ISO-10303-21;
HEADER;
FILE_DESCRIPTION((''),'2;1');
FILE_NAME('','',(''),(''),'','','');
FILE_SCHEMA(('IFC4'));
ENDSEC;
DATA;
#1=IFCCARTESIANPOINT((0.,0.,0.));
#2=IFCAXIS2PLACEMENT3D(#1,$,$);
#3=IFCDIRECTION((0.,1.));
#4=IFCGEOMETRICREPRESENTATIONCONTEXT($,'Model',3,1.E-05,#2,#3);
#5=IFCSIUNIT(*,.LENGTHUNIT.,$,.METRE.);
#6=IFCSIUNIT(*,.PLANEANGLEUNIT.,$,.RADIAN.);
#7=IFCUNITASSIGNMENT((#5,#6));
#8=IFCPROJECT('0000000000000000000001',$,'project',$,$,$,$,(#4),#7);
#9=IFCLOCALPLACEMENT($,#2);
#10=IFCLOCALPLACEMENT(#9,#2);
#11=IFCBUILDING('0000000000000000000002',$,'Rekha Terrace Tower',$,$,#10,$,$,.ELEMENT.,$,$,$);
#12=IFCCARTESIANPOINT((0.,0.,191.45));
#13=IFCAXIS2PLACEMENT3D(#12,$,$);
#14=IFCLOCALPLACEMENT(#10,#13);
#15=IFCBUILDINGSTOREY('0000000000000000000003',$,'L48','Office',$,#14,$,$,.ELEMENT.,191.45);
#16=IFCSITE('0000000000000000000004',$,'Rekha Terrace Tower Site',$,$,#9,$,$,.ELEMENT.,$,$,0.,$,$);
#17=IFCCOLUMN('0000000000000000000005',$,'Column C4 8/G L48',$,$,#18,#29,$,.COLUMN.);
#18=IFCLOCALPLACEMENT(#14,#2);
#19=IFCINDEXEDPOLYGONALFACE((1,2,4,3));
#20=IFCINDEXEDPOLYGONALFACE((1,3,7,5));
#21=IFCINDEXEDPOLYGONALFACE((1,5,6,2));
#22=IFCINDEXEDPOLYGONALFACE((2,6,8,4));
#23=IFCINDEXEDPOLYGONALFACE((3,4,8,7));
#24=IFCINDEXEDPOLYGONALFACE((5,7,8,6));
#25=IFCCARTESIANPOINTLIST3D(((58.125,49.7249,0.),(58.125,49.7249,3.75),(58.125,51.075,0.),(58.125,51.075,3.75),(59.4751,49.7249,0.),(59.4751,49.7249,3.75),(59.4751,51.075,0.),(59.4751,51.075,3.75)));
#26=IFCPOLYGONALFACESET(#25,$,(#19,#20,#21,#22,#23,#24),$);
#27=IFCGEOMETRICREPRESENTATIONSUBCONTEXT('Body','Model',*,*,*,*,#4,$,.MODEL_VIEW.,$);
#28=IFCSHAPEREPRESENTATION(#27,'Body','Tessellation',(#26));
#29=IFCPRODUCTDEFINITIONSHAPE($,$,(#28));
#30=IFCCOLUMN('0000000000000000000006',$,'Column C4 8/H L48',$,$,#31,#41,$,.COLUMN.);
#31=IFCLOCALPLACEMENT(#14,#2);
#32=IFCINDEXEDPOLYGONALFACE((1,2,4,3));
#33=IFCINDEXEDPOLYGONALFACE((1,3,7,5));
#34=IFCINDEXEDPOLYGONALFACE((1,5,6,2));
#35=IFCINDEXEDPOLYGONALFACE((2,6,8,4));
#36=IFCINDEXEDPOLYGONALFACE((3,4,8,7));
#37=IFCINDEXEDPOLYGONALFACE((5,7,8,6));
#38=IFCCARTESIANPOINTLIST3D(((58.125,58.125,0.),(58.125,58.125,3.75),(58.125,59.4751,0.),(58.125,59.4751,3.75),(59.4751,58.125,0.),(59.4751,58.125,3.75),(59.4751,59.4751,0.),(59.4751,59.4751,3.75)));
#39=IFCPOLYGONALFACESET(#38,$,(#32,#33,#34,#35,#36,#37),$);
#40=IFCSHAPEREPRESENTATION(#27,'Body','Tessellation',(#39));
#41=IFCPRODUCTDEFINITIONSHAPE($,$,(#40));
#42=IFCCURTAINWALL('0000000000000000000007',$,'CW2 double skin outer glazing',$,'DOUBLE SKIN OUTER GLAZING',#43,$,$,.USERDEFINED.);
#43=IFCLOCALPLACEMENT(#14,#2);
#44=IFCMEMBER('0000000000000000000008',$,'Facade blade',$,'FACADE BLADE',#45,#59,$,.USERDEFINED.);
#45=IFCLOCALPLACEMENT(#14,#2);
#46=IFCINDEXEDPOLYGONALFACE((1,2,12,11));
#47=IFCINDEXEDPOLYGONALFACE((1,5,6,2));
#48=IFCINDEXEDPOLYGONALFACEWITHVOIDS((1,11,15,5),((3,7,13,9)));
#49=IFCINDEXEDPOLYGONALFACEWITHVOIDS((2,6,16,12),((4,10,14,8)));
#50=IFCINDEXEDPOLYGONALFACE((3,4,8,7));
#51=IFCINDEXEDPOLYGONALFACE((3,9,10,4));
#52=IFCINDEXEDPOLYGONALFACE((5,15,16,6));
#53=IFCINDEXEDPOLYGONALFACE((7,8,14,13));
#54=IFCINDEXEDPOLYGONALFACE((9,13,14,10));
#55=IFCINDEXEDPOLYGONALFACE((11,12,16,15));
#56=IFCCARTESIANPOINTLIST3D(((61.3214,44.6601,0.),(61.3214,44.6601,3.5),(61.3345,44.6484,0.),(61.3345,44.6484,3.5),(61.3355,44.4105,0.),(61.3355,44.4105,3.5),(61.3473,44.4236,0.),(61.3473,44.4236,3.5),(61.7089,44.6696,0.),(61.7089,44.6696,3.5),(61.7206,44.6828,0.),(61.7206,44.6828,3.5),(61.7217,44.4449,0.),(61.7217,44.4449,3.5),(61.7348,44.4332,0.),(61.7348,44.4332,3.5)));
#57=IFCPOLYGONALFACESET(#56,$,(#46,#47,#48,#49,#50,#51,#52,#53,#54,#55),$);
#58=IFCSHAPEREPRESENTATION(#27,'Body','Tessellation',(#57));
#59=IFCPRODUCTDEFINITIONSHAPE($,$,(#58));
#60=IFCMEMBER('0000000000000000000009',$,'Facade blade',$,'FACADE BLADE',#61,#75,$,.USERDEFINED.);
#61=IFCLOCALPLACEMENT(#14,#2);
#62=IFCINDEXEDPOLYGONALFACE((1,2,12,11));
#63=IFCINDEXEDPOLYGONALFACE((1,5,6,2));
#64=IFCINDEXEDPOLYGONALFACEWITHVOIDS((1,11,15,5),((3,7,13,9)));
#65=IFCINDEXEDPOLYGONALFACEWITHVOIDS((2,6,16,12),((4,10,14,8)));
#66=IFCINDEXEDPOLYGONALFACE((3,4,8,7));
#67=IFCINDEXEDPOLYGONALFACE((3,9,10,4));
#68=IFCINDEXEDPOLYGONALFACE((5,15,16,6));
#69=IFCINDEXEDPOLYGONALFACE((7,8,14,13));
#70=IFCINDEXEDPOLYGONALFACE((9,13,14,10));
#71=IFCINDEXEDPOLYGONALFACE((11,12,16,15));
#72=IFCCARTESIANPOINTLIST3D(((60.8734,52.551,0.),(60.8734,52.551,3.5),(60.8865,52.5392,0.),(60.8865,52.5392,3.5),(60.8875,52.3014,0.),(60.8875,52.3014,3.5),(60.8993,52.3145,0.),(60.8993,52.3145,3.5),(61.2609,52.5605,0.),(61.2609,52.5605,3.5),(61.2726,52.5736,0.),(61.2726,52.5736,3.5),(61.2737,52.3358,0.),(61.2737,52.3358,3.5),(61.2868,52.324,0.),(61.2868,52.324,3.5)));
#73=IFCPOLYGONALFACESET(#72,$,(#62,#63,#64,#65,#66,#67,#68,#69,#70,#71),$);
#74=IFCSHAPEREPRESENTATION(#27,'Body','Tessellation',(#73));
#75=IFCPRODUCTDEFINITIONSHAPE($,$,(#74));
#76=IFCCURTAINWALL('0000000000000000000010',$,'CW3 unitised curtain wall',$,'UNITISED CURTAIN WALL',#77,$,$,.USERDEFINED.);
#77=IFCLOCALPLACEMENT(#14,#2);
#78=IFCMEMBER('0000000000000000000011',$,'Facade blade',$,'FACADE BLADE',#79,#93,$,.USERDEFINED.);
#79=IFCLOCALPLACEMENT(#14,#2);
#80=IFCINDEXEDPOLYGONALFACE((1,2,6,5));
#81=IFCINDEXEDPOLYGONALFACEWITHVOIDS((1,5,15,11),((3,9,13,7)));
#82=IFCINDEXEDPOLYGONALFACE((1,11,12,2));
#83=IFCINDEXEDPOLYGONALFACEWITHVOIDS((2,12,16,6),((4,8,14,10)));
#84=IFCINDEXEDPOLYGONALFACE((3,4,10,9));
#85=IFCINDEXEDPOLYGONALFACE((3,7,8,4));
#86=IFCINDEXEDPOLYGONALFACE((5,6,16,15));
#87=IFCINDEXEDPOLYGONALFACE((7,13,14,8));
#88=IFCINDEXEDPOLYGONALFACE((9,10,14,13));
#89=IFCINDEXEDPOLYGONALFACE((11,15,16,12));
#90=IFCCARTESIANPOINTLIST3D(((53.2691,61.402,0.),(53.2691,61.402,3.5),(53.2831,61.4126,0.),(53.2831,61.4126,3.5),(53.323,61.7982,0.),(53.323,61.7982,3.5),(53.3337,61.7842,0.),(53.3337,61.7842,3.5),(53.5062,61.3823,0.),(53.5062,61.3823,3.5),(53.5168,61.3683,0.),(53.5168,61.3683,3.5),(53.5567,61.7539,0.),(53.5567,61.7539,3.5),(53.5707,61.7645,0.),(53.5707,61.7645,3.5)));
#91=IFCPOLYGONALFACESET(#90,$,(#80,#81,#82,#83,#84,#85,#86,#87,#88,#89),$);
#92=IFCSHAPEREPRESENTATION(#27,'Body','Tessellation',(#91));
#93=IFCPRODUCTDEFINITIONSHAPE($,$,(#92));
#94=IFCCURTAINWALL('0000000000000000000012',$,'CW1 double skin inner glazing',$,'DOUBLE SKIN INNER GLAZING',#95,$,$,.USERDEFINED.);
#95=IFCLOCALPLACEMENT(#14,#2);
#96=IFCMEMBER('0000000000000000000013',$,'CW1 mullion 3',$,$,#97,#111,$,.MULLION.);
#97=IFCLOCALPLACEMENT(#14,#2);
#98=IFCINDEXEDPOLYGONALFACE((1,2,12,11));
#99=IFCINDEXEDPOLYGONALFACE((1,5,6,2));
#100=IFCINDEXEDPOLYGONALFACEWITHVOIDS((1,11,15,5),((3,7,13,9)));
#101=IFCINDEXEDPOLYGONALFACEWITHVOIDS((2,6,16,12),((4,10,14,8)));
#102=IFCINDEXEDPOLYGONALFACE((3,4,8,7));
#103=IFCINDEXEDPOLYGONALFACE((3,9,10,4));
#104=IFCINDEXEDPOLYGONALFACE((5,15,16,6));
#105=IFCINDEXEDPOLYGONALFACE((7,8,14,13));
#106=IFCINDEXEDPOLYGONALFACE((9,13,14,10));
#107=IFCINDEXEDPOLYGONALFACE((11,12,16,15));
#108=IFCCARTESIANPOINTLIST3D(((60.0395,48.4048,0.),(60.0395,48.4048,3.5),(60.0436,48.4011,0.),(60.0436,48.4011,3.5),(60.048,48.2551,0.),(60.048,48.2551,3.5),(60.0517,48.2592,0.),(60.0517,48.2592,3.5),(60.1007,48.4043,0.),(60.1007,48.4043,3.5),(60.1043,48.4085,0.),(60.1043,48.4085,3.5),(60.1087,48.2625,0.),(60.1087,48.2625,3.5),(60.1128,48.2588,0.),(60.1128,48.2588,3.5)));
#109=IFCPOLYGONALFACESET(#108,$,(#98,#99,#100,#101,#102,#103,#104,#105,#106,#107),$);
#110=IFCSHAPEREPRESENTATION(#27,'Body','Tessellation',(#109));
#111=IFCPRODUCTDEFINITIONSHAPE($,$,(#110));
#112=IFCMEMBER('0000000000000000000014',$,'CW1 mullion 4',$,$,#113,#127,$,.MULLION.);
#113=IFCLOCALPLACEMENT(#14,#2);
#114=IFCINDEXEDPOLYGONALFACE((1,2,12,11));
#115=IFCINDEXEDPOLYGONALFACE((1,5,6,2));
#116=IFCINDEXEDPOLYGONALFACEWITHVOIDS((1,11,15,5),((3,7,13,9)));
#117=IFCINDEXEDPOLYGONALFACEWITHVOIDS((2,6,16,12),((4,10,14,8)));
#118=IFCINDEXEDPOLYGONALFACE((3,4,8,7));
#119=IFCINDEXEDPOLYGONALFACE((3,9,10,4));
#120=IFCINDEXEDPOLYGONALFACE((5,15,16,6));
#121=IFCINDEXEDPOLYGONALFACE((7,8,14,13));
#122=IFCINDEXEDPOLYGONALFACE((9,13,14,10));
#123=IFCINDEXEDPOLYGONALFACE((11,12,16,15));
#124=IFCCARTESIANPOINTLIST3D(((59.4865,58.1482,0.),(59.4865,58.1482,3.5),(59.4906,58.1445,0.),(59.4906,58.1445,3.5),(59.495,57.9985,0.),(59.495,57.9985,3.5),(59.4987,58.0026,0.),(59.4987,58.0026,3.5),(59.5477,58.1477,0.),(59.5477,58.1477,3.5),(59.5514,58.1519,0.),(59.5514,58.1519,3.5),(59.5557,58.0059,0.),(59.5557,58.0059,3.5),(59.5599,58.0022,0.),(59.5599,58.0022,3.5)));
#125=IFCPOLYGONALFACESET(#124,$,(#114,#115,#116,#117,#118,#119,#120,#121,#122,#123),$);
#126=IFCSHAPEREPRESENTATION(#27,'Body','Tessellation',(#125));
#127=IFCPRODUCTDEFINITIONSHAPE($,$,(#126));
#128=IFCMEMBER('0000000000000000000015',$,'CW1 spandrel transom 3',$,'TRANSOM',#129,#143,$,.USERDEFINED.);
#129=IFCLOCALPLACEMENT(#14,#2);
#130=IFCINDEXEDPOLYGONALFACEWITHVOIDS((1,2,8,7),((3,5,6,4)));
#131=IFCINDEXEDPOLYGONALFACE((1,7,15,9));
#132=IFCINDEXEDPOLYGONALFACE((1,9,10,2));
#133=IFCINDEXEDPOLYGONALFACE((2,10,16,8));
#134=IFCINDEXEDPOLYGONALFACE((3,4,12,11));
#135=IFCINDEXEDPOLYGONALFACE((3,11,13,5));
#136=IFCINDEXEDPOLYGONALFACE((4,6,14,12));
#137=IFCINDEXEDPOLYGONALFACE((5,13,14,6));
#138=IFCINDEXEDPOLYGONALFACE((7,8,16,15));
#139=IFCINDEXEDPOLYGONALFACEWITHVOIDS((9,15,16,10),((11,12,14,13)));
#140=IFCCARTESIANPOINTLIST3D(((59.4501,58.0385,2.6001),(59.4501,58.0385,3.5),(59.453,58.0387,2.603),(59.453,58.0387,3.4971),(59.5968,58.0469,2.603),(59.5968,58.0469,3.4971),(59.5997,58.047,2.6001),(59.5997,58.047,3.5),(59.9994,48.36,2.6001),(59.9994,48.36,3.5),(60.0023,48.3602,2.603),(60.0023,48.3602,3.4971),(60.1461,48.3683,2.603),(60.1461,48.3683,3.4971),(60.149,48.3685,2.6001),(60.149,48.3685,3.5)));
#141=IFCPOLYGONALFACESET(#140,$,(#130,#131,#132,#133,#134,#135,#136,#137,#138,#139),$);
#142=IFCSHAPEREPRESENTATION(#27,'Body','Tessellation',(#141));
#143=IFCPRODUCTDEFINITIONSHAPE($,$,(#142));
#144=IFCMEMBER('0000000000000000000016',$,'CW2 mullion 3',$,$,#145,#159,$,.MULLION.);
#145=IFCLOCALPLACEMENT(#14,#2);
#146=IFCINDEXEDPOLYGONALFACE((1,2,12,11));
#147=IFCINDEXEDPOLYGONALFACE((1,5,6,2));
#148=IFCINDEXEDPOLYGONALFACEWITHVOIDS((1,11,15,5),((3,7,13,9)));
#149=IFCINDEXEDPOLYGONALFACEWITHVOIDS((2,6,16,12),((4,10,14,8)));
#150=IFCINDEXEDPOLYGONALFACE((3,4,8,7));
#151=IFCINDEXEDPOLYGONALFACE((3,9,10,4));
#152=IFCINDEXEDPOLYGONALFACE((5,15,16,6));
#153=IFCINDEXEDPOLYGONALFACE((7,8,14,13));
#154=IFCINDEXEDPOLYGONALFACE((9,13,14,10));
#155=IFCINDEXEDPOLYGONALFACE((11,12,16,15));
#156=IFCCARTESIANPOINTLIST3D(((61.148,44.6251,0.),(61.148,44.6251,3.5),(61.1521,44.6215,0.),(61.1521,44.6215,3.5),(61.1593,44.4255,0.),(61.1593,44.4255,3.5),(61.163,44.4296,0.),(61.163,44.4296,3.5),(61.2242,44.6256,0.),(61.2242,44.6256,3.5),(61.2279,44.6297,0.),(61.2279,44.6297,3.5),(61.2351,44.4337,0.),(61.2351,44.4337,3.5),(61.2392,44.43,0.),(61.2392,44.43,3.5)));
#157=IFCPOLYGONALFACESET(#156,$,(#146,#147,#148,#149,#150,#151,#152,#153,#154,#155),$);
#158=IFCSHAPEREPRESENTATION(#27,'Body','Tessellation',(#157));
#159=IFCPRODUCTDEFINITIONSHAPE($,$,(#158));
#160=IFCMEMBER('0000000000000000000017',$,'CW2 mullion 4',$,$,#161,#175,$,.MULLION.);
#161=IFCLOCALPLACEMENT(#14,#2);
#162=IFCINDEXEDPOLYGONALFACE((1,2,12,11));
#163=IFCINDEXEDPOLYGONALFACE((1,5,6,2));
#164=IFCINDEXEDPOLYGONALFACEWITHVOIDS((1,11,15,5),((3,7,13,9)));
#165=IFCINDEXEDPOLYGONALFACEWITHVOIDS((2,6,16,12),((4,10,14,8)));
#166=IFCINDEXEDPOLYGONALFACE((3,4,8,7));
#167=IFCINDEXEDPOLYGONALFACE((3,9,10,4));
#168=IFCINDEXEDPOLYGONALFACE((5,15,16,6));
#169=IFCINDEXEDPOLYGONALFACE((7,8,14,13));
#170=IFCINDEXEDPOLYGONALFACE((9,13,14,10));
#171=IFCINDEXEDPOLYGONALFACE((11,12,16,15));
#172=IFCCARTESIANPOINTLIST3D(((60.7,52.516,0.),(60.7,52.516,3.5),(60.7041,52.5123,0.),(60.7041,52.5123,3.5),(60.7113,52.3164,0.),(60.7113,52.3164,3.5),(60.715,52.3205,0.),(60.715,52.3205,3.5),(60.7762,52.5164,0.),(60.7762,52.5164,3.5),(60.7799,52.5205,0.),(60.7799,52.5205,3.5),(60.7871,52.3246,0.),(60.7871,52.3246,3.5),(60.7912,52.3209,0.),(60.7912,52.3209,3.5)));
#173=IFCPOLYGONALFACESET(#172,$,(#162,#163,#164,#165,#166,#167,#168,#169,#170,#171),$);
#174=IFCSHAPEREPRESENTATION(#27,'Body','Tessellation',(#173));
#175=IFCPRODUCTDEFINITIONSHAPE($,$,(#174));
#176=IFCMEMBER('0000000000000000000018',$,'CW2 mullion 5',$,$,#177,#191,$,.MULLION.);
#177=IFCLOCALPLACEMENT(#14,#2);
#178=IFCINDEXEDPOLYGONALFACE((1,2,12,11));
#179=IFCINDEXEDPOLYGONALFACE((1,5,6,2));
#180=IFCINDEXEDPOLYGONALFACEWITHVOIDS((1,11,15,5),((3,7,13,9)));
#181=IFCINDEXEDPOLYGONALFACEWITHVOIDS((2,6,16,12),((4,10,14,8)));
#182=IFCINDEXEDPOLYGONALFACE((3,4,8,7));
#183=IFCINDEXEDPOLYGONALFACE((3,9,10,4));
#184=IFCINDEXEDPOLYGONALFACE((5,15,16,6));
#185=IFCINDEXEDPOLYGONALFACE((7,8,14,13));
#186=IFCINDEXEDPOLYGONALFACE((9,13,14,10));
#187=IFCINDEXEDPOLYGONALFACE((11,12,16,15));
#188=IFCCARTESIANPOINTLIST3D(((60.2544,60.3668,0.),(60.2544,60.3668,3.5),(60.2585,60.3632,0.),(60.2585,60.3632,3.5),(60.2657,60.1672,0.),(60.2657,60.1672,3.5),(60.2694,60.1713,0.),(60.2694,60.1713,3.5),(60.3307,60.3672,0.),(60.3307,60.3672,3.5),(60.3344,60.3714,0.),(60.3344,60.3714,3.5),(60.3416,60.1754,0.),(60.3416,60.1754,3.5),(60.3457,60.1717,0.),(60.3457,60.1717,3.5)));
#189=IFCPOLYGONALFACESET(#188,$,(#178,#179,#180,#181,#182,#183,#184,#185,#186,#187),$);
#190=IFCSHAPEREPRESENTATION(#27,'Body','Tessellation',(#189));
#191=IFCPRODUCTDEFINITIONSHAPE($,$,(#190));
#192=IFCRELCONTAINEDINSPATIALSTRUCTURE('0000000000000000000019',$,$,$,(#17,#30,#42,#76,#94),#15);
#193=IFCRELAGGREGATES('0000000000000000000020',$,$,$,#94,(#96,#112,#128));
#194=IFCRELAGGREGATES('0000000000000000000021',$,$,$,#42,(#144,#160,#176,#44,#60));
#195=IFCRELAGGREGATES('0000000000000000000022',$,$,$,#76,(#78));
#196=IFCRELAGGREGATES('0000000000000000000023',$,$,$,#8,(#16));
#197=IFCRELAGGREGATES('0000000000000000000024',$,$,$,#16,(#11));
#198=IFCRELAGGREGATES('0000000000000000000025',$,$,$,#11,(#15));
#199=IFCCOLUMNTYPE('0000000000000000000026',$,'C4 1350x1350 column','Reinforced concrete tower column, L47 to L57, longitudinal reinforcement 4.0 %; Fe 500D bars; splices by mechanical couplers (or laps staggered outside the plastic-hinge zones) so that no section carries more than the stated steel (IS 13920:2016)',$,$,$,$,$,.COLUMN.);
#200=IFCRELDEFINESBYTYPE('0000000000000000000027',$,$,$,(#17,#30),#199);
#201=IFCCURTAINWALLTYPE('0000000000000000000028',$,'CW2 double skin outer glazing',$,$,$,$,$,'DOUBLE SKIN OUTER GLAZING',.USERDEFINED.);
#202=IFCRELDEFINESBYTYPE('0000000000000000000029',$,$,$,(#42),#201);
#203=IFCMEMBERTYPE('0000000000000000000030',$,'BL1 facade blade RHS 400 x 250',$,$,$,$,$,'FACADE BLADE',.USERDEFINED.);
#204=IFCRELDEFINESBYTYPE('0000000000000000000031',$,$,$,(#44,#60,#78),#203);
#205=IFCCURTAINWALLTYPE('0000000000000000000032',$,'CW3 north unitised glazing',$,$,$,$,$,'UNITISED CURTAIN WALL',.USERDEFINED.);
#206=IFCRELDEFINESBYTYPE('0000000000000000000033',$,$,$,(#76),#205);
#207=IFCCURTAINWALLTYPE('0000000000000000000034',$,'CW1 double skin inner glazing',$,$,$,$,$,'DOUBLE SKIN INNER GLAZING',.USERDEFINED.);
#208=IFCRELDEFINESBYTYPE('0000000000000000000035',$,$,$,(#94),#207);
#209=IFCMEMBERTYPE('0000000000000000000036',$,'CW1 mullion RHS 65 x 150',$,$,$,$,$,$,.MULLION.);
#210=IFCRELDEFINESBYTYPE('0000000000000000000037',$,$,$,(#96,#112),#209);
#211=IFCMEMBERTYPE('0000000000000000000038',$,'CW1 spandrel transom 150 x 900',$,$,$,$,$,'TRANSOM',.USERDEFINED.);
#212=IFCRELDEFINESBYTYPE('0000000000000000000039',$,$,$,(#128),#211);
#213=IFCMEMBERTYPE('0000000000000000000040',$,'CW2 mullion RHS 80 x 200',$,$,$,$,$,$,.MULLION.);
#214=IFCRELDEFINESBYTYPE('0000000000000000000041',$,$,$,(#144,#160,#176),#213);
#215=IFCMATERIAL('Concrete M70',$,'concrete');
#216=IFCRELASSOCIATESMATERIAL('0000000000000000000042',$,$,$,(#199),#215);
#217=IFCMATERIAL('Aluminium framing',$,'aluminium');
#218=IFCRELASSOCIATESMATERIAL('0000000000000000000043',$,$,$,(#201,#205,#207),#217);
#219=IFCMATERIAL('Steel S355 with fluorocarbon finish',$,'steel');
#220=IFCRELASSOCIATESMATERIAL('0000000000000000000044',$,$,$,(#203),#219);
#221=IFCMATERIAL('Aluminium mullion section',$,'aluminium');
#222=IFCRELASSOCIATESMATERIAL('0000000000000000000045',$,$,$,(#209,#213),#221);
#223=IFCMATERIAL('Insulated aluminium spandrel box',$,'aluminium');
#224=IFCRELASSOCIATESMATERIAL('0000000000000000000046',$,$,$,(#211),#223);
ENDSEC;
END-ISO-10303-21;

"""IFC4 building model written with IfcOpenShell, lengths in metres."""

from ifc_helpers import new_model, si_unit, direction, frame, origin, origin_2d, place, context, subcontext, project, spatial, rectangle, hollow_rectangle, extrude, material, material_profile, profile_set, type_object, element, aggregate, save


model = new_model("IFC4")

# Units and contexts
model_context = context("Model", 3, precision=1e-05, world=origin(), true_north=direction((0.0, 1.0)))
body_context = subcontext(model_context, "Body", "Model", "MODEL_VIEW")
ifc_project = project(units=[si_unit("LENGTHUNIT", "METRE"), si_unit("PLANEANGLEUNIT", "RADIAN")], contexts=[model_context])

# Site, building, storey
site_placement = place(None, origin())
site = spatial("IfcSite", under=ifc_project, at=site_placement, Name="Rekha Terrace Tower Site", CompositionType="ELEMENT", RefElevation=0.0)
building_placement = place(site_placement, origin())
building = spatial("IfcBuilding", under=site, at=building_placement, Name="Rekha Terrace Tower", CompositionType="ELEMENT")
storey_placement = place(building_placement, frame((0.0, 0.0, 191.45)))
storey = spatial("IfcBuildingStorey", under=building, at=storey_placement, Name="L48", Description="Office", CompositionType="ELEMENT", Elevation=191.45)

# Columns
ifc_material_1 = material(Name="Concrete M70", Category="concrete")
ifc_material_profile_1 = material_profile(ifc_material_1, rectangle(XDim=1.3501, YDim=1.3501, at=origin_2d()), Name="RC 1350x1350")
ifc_profile_set_1 = profile_set([ifc_material_profile_1], Name="Concrete M70")
column_type = type_object("IfcColumnType", Name="C4 1350x1350 column", Description="Reinforced concrete tower column, L47 to L57, longitudinal reinforcement 4.0 %; Fe 500D bars; splices by mechanical couplers (or laps staggered outside the plastic-hinge zones) so that no section carries more than the stated steel (IS 13920:2016)", PredefinedType="COLUMN", material=ifc_profile_set_1)
for number, where, z_axis, x_axis, name in (
    (1, (58.8, 50.3999, 0.0), (0.0, 0.0, 1.0), (1.0, 0.0, 0.0), "Column C4 8/G L48"),
    (2, (58.8, 58.8, 0.0), (0.0, 0.0, 1.0), (1.0, 0.0, 0.0), "Column C4 8/H L48"),
):
    element("IfcColumn", number, at=place(storey_placement, frame(where, z_axis=z_axis, x_axis=x_axis)), inside=storey, type_object=column_type, Name=name, PredefinedType="COLUMN", context=body_context, shape_type="SweptSolid", body=[
        extrude(rectangle(XDim=1.3501, YDim=1.3501, at=origin_2d()), origin(), (0.0, 0.0, 1.0), 3.75),
    ])

# Curtain wall, members
ifc_material_2 = material(Name="Aluminium framing", Category="aluminium")
curtain_wall_type_1 = type_object("IfcCurtainWallType", Name="CW2 double skin outer glazing", ElementType="DOUBLE SKIN OUTER GLAZING", PredefinedType="USERDEFINED", material=ifc_material_2)
curtain_wall_1_placement = place(storey_placement, origin())
curtain_wall_1 = element("IfcCurtainWall", 3, at=curtain_wall_1_placement, inside=storey, type_object=curtain_wall_type_1, Name="CW2 double skin outer glazing", ObjectType="DOUBLE SKIN OUTER GLAZING", PredefinedType="USERDEFINED")
ifc_material_3 = material(Name="Steel S355 with fluorocarbon finish", Category="steel")
ifc_material_profile_2 = material_profile(ifc_material_3, hollow_rectangle(XDim=0.25, YDim=0.3999, WallThickness=0.0125, at=origin_2d()), Name="RHS400x250x12.5")
ifc_profile_set_2 = profile_set([ifc_material_profile_2], Name="Steel S355 with fluorocarbon finish")
member_type_1 = type_object("IfcMemberType", Name="BL1 facade blade RHS 400 x 250", ElementType="FACADE BLADE", PredefinedType="USERDEFINED", material=ifc_profile_set_2)
member_1_placement = place(storey_placement, frame((61.5281, 44.5466, 0.0), z_axis=(0.0, 0.0, 1.0), x_axis=(-0.056674, 0.998393, 0.0)))
member_1 = element("IfcMember", 4, at=member_1_placement, type_object=member_type_1, Name="Facade blade", ObjectType="FACADE BLADE", PredefinedType="USERDEFINED", context=body_context, shape_type="SweptSolid", body=[
    extrude(hollow_rectangle(XDim=0.25, YDim=0.3999, WallThickness=0.0125, at=origin_2d()), origin(), (0.0, 0.0, 1.0), 3.5),
])
member_2_placement = place(storey_placement, frame((61.0801, 52.4375, 0.0), z_axis=(0.0, 0.0, 1.0), x_axis=(-0.056674, 0.998393, 0.0)))
member_2 = element("IfcMember", 5, at=member_2_placement, type_object=member_type_1, Name="Facade blade", ObjectType="FACADE BLADE", PredefinedType="USERDEFINED", context=body_context, shape_type="SweptSolid", body=[
    extrude(hollow_rectangle(XDim=0.25, YDim=0.3999, WallThickness=0.0125, at=origin_2d()), origin(), (0.0, 0.0, 1.0), 3.5),
])

# Curtain wall, member
curtain_wall_type_2 = type_object("IfcCurtainWallType", Name="CW3 north unitised glazing", ElementType="UNITISED CURTAIN WALL", PredefinedType="USERDEFINED", material=ifc_material_2)
curtain_wall_2_placement = place(storey_placement, origin())
curtain_wall_2 = element("IfcCurtainWall", 6, at=curtain_wall_2_placement, inside=storey, type_object=curtain_wall_type_2, Name="CW3 unitised curtain wall", ObjectType="UNITISED CURTAIN WALL", PredefinedType="USERDEFINED")
member_3_placement = place(storey_placement, frame((53.4199, 61.5833, 0.0), z_axis=(0.0, 0.0, 1.0), x_axis=(-0.990867, 0.134841, 0.0)))
member_3 = element("IfcMember", 7, at=member_3_placement, type_object=member_type_1, Name="Facade blade", ObjectType="FACADE BLADE", PredefinedType="USERDEFINED", context=body_context, shape_type="SweptSolid", body=[
    extrude(hollow_rectangle(XDim=0.25, YDim=0.3999, WallThickness=0.0125, at=origin_2d()), origin(), (0.0, 0.0, 1.0), 3.5),
])

# Curtain wall, members
curtain_wall_type_3 = type_object("IfcCurtainWallType", Name="CW1 double skin inner glazing", ElementType="DOUBLE SKIN INNER GLAZING", PredefinedType="USERDEFINED", material=ifc_material_2)
curtain_wall_3_placement = place(storey_placement, origin())
curtain_wall_3 = element("IfcCurtainWall", 8, at=curtain_wall_3_placement, inside=storey, type_object=curtain_wall_type_3, Name="CW1 double skin inner glazing", ObjectType="DOUBLE SKIN INNER GLAZING", PredefinedType="USERDEFINED")
ifc_material_4 = material(Name="Aluminium mullion section", Category="aluminium")
ifc_material_profile_3 = material_profile(ifc_material_4, hollow_rectangle(XDim=0.0649, YDim=0.1499, WallThickness=0.0039, at=origin_2d()), Name="AL RHS 65x150")
ifc_profile_set_3 = profile_set([ifc_material_profile_3], Name="Aluminium mullion section")
member_type_2 = type_object("IfcMemberType", Name="CW1 mullion RHS 65 x 150", PredefinedType="MULLION", material=ifc_profile_set_3)
member_4_placement = place(storey_placement, frame((60.0762, 48.3318, 0.0), z_axis=(0.0, 0.0, 1.0), x_axis=(-0.998393, -0.056673, 0.0)))
member_4 = element("IfcMember", 9, at=member_4_placement, type_object=member_type_2, Name="CW1 mullion 3", PredefinedType="MULLION", context=body_context, shape_type="SweptSolid", body=[
    extrude(hollow_rectangle(XDim=0.0649, YDim=0.1499, WallThickness=0.0039, at=origin_2d()), origin(), (0.0, 0.0, 1.0), 3.5),
])
member_5_placement = place(storey_placement, frame((59.5232, 58.0752, 0.0), z_axis=(0.0, 0.0, 1.0), x_axis=(-0.998393, -0.056673, 0.0)))
member_5 = element("IfcMember", 10, at=member_5_placement, type_object=member_type_2, Name="CW1 mullion 4", PredefinedType="MULLION", context=body_context, shape_type="SweptSolid", body=[
    extrude(hollow_rectangle(XDim=0.0649, YDim=0.1499, WallThickness=0.0039, at=origin_2d()), origin(), (0.0, 0.0, 1.0), 3.5),
])
ifc_material_5 = material(Name="Insulated aluminium spandrel box", Category="aluminium")
ifc_material_profile_4 = material_profile(ifc_material_5, hollow_rectangle(XDim=0.1499, YDim=0.8999, WallThickness=0.0029, at=origin_2d()), Name="AL SPANDREL BOX 150x900")
ifc_profile_set_4 = profile_set([ifc_material_profile_4], Name="Insulated aluminium spandrel box")
member_type_3 = type_object("IfcMemberType", Name="CW1 spandrel transom 150 x 900", ElementType="TRANSOM", PredefinedType="USERDEFINED", material=ifc_profile_set_4)
member_6_placement = place(storey_placement, frame((60.0742, 48.3643, 3.05), z_axis=(-0.056665, 0.998393, 0.0), x_axis=(-0.998393, -0.056665, 0.0)))
member_6 = element("IfcMember", 11, at=member_6_placement, type_object=member_type_3, Name="CW1 spandrel transom 3", ObjectType="TRANSOM", PredefinedType="USERDEFINED", context=body_context, shape_type="SweptSolid", body=[
    extrude(hollow_rectangle(XDim=0.1499, YDim=0.8999, WallThickness=0.0029, at=origin_2d()), origin(), (0.0, 0.0, 1.0), 9.6941),
])

# Members
ifc_material_profile_5 = material_profile(ifc_material_4, hollow_rectangle(XDim=0.0801, YDim=0.2, WallThickness=0.0039, at=origin_2d()), Name="AL RHS 80x200")
ifc_profile_set_5 = profile_set([ifc_material_profile_5], Name="Aluminium mullion section")
member_type_4 = type_object("IfcMemberType", Name="CW2 mullion RHS 80 x 200", PredefinedType="MULLION", material=ifc_profile_set_5)
member_7_placement = place(storey_placement, frame((61.1936, 44.5276, 0.0), z_axis=(0.0, 0.0, 1.0), x_axis=(-0.998393, -0.056673, 0.0)))
member_7 = element("IfcMember", 12, at=member_7_placement, type_object=member_type_4, Name="CW2 mullion 3", PredefinedType="MULLION", context=body_context, shape_type="SweptSolid", body=[
    extrude(hollow_rectangle(XDim=0.0801, YDim=0.2, WallThickness=0.0039, at=origin_2d()), origin(), (0.0, 0.0, 1.0), 3.5),
])
member_8_placement = place(storey_placement, frame((60.7456, 52.4185, 0.0), z_axis=(0.0, 0.0, 1.0), x_axis=(-0.998393, -0.056673, 0.0)))
member_8 = element("IfcMember", 13, at=member_8_placement, type_object=member_type_4, Name="CW2 mullion 4", PredefinedType="MULLION", context=body_context, shape_type="SweptSolid", body=[
    extrude(hollow_rectangle(XDim=0.0801, YDim=0.2, WallThickness=0.0039, at=origin_2d()), origin(), (0.0, 0.0, 1.0), 3.5),
])
member_9_placement = place(storey_placement, frame((60.3, 60.2693, 0.0), z_axis=(0.0, 0.0, 1.0), x_axis=(-0.998393, -0.056673, 0.0)))
member_9 = element("IfcMember", 14, at=member_9_placement, type_object=member_type_4, Name="CW2 mullion 5", PredefinedType="MULLION", context=body_context, shape_type="SweptSolid", body=[
    extrude(hollow_rectangle(XDim=0.0801, YDim=0.2, WallThickness=0.0039, at=origin_2d()), origin(), (0.0, 0.0, 1.0), 3.5),
])

aggregate(curtain_wall_3, [member_4, member_5, member_6])
aggregate(curtain_wall_1, [member_7, member_8, member_9, member_1, member_2])
aggregate(curtain_wall_2, [member_3])

save(model, "model.ifc")
